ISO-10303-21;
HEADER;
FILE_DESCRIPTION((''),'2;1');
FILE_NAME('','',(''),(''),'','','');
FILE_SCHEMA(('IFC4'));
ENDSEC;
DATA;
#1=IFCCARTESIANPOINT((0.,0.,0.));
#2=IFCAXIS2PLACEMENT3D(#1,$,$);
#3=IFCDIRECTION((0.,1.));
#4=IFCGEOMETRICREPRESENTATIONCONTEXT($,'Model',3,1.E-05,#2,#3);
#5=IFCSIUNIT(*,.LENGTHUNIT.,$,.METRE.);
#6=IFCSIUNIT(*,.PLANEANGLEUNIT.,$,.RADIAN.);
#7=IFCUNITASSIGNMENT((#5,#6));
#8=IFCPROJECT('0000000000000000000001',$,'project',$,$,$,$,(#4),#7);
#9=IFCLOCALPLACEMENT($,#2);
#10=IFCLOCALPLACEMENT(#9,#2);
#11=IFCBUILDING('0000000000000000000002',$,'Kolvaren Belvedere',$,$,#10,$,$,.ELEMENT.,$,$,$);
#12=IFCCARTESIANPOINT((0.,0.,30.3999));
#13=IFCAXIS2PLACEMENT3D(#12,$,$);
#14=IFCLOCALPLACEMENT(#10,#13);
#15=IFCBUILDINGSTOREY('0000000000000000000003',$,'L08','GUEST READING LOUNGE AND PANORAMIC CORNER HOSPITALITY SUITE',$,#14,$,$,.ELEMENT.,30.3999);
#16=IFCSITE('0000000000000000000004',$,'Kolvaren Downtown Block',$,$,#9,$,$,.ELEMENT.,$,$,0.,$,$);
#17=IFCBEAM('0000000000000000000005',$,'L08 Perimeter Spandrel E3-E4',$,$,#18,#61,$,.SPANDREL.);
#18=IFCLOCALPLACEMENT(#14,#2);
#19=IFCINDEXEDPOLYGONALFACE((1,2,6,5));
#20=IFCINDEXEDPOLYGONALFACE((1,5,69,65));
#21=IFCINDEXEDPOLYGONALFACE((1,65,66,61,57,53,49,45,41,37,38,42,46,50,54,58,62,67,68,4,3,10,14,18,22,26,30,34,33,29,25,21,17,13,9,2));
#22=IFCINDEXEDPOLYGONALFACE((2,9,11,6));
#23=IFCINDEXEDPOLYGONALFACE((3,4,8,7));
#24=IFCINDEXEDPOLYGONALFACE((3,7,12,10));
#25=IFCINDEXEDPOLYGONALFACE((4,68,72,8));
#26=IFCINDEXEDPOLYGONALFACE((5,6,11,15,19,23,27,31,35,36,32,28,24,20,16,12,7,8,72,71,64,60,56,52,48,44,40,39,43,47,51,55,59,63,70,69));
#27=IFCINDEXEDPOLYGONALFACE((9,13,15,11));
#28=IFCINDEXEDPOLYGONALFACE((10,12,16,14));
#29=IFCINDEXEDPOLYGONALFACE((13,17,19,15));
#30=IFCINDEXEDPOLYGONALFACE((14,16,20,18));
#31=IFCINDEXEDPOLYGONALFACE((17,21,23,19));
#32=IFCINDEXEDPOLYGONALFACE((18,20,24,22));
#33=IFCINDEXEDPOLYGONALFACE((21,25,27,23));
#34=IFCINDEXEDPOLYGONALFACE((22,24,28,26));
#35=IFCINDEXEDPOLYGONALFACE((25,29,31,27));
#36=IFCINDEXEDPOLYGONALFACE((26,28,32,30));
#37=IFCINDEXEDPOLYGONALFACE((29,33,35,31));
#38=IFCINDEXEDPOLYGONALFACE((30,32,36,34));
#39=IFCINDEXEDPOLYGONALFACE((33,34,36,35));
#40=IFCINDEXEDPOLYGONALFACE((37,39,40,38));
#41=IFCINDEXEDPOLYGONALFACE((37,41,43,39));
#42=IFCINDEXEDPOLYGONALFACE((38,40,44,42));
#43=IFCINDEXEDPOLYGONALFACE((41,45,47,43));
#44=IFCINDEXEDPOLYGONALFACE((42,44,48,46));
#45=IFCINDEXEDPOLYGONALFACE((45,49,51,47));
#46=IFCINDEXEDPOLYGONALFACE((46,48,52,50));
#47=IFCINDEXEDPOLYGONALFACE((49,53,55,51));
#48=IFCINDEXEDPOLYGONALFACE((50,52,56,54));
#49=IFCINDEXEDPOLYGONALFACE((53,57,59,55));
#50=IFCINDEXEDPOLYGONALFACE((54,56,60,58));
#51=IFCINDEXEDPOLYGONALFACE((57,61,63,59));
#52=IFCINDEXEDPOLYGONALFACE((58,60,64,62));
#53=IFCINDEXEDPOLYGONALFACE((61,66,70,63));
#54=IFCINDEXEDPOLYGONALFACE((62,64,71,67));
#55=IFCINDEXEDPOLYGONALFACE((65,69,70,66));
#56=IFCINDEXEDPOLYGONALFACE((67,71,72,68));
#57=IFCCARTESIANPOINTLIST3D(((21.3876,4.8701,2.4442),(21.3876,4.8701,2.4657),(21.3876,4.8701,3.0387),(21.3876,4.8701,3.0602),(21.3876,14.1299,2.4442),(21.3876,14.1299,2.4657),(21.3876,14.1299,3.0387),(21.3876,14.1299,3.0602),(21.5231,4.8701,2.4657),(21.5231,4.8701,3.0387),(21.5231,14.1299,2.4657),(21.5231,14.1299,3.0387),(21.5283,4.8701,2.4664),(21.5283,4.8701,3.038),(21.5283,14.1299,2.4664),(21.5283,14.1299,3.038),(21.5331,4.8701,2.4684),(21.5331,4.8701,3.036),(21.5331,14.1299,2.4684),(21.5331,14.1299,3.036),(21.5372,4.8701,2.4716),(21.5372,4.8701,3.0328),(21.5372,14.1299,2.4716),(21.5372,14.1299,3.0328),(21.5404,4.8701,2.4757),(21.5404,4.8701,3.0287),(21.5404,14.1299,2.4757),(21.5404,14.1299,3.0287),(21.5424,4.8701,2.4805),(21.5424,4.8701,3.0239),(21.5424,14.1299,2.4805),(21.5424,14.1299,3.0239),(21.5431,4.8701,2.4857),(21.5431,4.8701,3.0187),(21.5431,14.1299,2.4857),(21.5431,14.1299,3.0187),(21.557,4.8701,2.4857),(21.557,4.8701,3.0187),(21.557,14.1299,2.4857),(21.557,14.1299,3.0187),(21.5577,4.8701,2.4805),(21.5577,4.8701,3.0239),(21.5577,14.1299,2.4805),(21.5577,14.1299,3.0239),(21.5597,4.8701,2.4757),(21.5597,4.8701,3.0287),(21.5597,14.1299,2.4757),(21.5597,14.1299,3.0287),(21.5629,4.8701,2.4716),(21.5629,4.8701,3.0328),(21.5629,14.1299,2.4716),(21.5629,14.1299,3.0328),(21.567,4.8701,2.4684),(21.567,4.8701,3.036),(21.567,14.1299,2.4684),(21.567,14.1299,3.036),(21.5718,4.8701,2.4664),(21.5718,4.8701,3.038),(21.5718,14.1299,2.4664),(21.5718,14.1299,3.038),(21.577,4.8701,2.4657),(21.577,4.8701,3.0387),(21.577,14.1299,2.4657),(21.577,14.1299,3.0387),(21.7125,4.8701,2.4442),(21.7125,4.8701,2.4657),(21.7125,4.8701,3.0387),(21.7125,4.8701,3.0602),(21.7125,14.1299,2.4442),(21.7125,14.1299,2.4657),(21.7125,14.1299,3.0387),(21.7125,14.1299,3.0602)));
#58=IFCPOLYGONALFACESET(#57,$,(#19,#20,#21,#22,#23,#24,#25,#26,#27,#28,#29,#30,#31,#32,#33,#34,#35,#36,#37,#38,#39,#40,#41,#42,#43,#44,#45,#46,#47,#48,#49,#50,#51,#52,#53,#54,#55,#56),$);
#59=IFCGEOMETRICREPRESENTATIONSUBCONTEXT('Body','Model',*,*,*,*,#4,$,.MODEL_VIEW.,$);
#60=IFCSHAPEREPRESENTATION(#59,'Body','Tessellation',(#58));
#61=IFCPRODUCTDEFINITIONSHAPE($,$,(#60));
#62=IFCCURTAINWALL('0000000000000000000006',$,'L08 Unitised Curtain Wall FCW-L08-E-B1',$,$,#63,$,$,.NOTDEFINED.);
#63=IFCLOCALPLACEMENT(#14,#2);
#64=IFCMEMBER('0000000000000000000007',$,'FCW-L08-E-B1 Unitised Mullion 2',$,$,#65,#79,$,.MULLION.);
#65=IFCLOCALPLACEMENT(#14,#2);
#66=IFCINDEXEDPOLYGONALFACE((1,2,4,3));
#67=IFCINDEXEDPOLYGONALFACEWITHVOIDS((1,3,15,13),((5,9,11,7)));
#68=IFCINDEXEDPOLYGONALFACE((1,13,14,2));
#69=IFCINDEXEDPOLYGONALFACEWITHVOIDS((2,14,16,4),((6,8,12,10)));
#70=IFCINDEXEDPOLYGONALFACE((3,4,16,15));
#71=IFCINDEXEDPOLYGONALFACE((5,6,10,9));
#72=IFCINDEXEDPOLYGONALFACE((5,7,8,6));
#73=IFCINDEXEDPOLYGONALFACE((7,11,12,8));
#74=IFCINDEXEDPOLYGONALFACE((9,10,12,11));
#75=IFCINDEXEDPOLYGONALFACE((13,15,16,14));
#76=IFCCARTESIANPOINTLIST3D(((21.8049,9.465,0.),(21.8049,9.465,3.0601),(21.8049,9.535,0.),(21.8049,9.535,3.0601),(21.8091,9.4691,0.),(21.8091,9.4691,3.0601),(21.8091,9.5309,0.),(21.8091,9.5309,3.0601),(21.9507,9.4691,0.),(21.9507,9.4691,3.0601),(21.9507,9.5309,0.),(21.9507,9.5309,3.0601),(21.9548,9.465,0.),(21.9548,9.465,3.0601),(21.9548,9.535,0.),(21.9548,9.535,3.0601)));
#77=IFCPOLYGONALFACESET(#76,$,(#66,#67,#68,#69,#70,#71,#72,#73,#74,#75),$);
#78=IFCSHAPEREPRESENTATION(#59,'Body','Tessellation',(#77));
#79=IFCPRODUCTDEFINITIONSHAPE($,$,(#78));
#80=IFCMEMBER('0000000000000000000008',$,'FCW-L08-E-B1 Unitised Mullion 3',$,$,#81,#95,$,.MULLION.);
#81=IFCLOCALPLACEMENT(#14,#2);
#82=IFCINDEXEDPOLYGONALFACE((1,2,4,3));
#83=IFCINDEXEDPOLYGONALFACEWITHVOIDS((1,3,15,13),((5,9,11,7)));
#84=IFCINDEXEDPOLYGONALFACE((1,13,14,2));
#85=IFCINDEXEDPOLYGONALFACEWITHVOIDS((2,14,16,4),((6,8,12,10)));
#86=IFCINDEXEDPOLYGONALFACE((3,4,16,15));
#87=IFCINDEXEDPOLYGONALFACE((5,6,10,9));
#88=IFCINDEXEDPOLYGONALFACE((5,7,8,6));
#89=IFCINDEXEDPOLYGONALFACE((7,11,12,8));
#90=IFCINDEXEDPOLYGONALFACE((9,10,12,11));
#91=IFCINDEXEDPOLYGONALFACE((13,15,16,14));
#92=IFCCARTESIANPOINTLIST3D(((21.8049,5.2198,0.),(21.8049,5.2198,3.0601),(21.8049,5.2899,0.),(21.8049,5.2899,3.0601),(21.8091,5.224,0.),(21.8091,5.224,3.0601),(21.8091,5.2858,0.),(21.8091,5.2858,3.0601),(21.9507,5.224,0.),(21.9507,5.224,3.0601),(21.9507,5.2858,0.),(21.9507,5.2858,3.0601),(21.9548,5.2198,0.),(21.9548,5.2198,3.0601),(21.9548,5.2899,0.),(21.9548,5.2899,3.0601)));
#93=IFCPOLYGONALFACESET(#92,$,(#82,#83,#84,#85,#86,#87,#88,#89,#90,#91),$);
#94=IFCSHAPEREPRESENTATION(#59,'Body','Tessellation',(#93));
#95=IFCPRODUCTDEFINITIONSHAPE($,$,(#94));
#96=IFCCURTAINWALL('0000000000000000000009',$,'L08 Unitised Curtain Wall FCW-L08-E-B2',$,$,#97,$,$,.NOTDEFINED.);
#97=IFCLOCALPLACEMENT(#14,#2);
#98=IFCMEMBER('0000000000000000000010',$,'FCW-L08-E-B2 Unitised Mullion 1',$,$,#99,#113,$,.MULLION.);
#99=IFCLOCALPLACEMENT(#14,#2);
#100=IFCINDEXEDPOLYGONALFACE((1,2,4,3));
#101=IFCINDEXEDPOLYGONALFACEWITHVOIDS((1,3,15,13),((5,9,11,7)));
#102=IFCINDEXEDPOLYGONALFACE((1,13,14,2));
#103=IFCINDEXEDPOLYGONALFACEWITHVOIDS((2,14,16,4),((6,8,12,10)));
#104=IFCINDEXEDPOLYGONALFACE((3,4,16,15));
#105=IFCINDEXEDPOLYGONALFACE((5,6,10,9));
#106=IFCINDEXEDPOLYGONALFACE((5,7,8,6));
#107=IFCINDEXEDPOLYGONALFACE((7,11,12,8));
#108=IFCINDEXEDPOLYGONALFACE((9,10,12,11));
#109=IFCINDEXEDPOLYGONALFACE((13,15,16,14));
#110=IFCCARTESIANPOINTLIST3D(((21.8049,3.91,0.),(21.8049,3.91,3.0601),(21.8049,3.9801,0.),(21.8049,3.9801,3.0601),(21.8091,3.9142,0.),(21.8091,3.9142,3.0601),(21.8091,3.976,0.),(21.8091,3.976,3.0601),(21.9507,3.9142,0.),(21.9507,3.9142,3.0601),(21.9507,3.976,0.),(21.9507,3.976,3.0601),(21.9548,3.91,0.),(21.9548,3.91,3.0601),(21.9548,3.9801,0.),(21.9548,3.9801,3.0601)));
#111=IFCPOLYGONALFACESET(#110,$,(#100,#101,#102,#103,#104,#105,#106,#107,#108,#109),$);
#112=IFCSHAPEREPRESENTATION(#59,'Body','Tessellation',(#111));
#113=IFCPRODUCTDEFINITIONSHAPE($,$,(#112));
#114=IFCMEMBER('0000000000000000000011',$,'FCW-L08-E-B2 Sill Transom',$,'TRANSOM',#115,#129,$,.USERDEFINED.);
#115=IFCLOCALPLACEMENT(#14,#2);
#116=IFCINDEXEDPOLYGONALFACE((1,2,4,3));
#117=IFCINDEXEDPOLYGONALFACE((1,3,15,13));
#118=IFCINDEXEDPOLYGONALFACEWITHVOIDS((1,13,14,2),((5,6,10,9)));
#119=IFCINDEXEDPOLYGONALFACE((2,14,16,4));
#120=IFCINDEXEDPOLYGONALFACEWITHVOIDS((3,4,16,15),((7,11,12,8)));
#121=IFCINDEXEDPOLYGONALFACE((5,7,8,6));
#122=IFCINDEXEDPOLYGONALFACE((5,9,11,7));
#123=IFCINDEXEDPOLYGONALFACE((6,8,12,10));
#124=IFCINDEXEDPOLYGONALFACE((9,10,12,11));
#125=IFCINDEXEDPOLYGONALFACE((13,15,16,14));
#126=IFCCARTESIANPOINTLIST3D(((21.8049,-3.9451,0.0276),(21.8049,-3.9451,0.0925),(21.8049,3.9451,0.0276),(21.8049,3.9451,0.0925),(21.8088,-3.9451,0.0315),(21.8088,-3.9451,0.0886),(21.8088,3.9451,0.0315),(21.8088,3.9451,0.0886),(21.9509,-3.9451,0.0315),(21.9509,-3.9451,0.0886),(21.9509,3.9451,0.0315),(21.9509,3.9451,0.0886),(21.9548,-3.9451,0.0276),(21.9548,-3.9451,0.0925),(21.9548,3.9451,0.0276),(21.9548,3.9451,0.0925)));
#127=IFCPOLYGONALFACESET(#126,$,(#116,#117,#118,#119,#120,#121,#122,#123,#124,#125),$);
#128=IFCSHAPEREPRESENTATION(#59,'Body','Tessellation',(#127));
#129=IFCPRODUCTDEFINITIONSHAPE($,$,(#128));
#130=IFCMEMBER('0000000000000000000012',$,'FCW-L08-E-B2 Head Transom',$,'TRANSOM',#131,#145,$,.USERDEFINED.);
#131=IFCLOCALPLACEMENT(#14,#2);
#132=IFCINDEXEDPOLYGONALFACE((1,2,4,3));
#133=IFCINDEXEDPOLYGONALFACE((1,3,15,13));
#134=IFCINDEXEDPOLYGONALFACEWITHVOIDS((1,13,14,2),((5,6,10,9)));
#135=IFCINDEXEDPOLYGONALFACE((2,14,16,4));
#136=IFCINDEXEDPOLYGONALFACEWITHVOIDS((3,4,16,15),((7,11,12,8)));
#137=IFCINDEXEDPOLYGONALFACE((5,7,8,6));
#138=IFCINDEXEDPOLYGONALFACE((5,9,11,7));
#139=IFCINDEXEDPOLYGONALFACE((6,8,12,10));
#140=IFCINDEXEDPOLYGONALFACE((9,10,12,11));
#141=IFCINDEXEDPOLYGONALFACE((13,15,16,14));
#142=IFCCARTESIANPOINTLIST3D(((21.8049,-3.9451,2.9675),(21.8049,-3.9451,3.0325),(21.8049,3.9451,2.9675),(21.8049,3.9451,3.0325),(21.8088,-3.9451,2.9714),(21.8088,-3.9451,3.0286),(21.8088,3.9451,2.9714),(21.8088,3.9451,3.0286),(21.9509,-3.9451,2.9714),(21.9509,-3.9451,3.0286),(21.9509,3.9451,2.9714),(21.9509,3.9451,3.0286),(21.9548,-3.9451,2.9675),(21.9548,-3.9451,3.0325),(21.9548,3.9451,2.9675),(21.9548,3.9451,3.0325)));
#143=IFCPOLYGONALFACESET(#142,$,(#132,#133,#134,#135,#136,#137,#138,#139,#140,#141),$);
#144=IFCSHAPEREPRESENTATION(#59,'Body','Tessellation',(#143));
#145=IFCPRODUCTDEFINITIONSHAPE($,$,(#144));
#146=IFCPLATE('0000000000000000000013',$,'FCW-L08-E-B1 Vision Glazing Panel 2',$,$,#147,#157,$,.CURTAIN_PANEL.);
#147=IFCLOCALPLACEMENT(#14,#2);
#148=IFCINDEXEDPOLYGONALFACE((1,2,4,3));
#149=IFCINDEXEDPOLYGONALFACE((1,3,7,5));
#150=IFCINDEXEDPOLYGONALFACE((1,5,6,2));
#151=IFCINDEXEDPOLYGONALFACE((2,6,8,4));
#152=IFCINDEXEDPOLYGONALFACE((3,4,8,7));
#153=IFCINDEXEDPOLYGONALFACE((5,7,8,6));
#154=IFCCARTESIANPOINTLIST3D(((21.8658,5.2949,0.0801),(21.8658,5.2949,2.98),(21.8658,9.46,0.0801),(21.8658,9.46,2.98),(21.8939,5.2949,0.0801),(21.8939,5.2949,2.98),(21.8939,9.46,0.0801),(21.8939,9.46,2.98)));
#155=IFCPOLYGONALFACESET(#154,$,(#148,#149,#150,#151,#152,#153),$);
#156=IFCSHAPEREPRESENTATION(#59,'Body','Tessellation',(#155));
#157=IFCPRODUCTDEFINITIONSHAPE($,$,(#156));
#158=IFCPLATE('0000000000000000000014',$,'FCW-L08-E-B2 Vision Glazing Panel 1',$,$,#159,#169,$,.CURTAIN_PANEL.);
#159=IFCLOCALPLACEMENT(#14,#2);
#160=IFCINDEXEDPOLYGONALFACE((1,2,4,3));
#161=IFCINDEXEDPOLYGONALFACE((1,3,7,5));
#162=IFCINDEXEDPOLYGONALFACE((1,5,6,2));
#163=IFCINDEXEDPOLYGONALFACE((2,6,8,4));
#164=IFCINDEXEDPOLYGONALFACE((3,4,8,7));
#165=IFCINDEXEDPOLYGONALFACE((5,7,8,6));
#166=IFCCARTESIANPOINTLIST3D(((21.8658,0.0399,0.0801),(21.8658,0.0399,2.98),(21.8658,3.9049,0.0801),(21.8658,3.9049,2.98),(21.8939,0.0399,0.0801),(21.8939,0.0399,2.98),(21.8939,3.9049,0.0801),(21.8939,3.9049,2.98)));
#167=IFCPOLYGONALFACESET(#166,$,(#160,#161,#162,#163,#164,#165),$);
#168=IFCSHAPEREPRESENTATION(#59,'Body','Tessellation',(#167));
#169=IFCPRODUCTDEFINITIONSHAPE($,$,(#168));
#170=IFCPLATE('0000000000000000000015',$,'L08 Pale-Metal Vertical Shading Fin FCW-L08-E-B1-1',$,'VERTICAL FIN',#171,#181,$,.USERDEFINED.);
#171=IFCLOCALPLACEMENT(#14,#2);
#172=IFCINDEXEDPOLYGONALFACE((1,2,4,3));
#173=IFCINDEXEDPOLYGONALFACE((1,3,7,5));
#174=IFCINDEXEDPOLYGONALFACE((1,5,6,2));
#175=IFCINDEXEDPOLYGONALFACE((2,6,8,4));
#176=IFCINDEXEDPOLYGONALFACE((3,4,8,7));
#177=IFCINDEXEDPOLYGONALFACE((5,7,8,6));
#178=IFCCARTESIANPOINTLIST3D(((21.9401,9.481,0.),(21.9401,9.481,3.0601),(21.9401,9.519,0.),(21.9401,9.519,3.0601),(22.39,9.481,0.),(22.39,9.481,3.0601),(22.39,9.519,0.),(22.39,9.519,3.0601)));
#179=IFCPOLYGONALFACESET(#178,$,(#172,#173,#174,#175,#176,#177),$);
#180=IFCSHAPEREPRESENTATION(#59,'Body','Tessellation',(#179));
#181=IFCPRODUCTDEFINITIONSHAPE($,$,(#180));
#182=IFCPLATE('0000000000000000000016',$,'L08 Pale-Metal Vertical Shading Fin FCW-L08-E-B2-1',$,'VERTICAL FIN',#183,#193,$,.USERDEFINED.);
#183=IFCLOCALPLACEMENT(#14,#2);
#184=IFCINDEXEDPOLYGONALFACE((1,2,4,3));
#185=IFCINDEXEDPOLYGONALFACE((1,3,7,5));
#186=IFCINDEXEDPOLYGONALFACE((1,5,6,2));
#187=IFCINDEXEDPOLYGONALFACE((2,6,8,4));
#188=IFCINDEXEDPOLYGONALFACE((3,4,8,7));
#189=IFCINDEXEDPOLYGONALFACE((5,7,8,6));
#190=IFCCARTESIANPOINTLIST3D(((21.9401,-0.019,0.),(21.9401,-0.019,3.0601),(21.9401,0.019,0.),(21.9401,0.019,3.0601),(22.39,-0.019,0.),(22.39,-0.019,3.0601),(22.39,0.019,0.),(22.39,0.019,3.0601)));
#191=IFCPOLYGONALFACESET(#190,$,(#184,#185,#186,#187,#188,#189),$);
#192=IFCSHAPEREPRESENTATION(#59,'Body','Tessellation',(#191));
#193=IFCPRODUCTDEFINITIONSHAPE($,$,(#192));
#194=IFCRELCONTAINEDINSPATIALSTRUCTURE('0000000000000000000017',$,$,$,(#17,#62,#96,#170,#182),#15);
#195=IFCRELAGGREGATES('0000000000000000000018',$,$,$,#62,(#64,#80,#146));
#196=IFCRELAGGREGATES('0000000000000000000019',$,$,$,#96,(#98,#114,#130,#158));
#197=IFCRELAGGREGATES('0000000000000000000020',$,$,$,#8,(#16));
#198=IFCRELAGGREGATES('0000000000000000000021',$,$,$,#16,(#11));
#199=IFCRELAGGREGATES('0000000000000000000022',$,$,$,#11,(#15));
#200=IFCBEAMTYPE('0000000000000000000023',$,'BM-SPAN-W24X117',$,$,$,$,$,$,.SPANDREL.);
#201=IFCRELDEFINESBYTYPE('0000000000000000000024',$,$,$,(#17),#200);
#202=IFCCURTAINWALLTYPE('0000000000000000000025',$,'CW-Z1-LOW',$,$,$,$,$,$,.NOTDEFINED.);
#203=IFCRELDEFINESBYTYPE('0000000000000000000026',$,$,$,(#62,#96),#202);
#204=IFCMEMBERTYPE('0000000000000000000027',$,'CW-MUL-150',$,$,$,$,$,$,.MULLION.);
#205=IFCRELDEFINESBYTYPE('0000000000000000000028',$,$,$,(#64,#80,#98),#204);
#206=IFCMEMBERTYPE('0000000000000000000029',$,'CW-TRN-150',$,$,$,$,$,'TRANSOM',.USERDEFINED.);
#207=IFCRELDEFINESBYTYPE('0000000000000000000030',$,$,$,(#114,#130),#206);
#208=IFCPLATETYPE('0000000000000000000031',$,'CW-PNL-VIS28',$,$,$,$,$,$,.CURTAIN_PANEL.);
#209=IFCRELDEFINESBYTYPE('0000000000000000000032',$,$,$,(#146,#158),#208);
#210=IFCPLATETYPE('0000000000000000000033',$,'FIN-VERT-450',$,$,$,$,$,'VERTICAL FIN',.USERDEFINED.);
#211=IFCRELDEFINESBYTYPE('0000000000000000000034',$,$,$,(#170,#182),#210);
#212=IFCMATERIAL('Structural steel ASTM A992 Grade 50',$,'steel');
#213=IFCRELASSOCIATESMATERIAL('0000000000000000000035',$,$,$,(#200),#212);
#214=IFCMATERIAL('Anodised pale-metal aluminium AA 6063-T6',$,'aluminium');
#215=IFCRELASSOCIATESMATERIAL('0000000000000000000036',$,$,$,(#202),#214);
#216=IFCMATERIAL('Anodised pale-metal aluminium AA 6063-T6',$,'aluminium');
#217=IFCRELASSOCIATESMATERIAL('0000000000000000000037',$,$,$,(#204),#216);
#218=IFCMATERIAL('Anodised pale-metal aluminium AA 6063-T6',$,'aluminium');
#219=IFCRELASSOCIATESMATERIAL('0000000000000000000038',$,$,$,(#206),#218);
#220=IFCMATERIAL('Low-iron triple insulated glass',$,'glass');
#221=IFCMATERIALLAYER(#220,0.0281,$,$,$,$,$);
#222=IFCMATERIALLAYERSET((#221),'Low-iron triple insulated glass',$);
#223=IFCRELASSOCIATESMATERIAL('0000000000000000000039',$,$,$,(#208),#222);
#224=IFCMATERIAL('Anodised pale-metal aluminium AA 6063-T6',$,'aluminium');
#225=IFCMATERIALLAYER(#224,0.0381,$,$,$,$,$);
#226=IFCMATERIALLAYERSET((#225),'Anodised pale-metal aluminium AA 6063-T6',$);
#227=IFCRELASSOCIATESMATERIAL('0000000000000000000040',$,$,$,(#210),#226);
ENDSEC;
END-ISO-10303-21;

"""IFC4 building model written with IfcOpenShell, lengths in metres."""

from ifc_helpers import new_model, si_unit, direction, frame, origin, origin_2d, place, context, subcontext, project, spatial, rectangle, hollow_rectangle, i_section, extrude, material, layer, layer_set, material_profile, profile_set, type_object, element, aggregate, save


model = new_model("IFC4")

# Units and contexts
model_context = context("Model", 3, precision=1e-05, world=origin(), true_north=direction((0.0, 1.0)))
body_context = subcontext(model_context, "Body", "Model", "MODEL_VIEW")
ifc_project = project(units=[si_unit("LENGTHUNIT", "METRE"), si_unit("PLANEANGLEUNIT", "RADIAN")], contexts=[model_context])

# Site, building, storey
site_placement = place(None, origin())
site = spatial("IfcSite", under=ifc_project, at=site_placement, Name="Kolvaren Downtown Block", CompositionType="ELEMENT", RefElevation=0.0)
building_placement = place(site_placement, origin())
building = spatial("IfcBuilding", under=site, at=building_placement, Name="Kolvaren Belvedere", CompositionType="ELEMENT")
storey_placement = place(building_placement, frame((0.0, 0.0, 30.3999)))
storey = spatial("IfcBuildingStorey", under=building, at=storey_placement, Name="L08", Description="GUEST READING LOUNGE AND PANORAMIC CORNER HOSPITALITY SUITE", CompositionType="ELEMENT", Elevation=30.3999)

# Beam
ifc_material_1 = material(Name="Structural steel ASTM A992 Grade 50", Category="steel")
ifc_material_profile_1 = material_profile(ifc_material_1, i_section(OverallWidth=0.325, OverallDepth=0.616, WebThickness=0.0139, FlangeThickness=0.0215, FilletRadius=0.02, at=origin_2d()), Name="W24X117")
ifc_profile_set_1 = profile_set([ifc_material_profile_1], Name="Structural steel ASTM A992 Grade 50")
beam_type_1 = type_object("IfcBeamType", Name="BM-SPAN-W24X117", PredefinedType="SPANDREL", material=ifc_profile_set_1)
beam_1_placement = place(storey_placement, frame((21.55, 4.8701, 2.7522), z_axis=(0.0, 1.0, 0.0), x_axis=(-1.0, 0.0, 0.0)))
element("IfcBeam", 1, at=beam_1_placement, inside=storey, type_object=beam_type_1, Name="L08 Perimeter Spandrel E3-E4", PredefinedType="SPANDREL", context=body_context, shape_type="SweptSolid", body=[
    extrude(i_section(OverallWidth=0.325, OverallDepth=0.616, WebThickness=0.0139, FlangeThickness=0.0215, FilletRadius=0.02, at=origin_2d()), origin(), (0.0, 0.0, 1.0), 9.2598),
])

# Curtain walls, members
ifc_material_2 = material(Name="Anodised pale-metal aluminium AA 6063-T6", Category="aluminium")
curtain_wall_type = type_object("IfcCurtainWallType", Name="CW-Z1-LOW", PredefinedType="NOTDEFINED", material=ifc_material_2)
curtain_wall_1_placement = place(storey_placement, origin())
curtain_wall_1 = element("IfcCurtainWall", 2, at=curtain_wall_1_placement, inside=storey, type_object=curtain_wall_type, Name="L08 Unitised Curtain Wall FCW-L08-E-B1", PredefinedType="NOTDEFINED")
ifc_material_3 = material(Name="Anodised pale-metal aluminium AA 6063-T6", Category="aluminium")
ifc_material_profile_2 = material_profile(ifc_material_3, hollow_rectangle(XDim=0.0701, YDim=0.1499, WallThickness=0.0042, at=origin_2d()), Name="ALU-MUL-150X70")
ifc_profile_set_2 = profile_set([ifc_material_profile_2], Name="Anodised pale-metal aluminium AA 6063-T6")
member_type_1 = type_object("IfcMemberType", Name="CW-MUL-150", PredefinedType="MULLION", material=ifc_profile_set_2)
member_1_placement = place(storey_placement, frame((21.8799, 9.5, 0.0), z_axis=(0.0, 0.0, 1.0), x_axis=(0.0, 1.0, 0.0)))
member_1 = element("IfcMember", 3, at=member_1_placement, type_object=member_type_1, Name="FCW-L08-E-B1 Unitised Mullion 2", PredefinedType="MULLION", context=body_context, shape_type="SweptSolid", body=[
    extrude(hollow_rectangle(XDim=0.0701, YDim=0.1499, WallThickness=0.0042, at=origin_2d()), origin(), (0.0, 0.0, 1.0), 3.0601),
])
member_2_placement = place(storey_placement, frame((21.8799, 5.2549, 0.0), z_axis=(0.0, 0.0, 1.0), x_axis=(0.0, 1.0, 0.0)))
member_2 = element("IfcMember", 4, at=member_2_placement, type_object=member_type_1, Name="FCW-L08-E-B1 Unitised Mullion 3", PredefinedType="MULLION", context=body_context, shape_type="SweptSolid", body=[
    extrude(hollow_rectangle(XDim=0.0701, YDim=0.1499, WallThickness=0.0042, at=origin_2d()), origin(), (0.0, 0.0, 1.0), 3.0601),
])
curtain_wall_2_placement = place(storey_placement, origin())
curtain_wall_2 = element("IfcCurtainWall", 5, at=curtain_wall_2_placement, inside=storey, type_object=curtain_wall_type, Name="L08 Unitised Curtain Wall FCW-L08-E-B2", PredefinedType="NOTDEFINED")
member_3_placement = place(storey_placement, frame((21.8799, 3.9451, 0.0), z_axis=(0.0, 0.0, 1.0), x_axis=(0.0, 1.0, 0.0)))
member_3 = element("IfcMember", 6, at=member_3_placement, type_object=member_type_1, Name="FCW-L08-E-B2 Unitised Mullion 1", PredefinedType="MULLION", context=body_context, shape_type="SweptSolid", body=[
    extrude(hollow_rectangle(XDim=0.0701, YDim=0.1499, WallThickness=0.0042, at=origin_2d()), origin(), (0.0, 0.0, 1.0), 3.0601),
])
ifc_material_4 = material(Name="Anodised pale-metal aluminium AA 6063-T6", Category="aluminium")
ifc_material_profile_3 = material_profile(ifc_material_4, hollow_rectangle(XDim=0.0649, YDim=0.1499, WallThickness=0.0039, at=origin_2d()), Name="ALU-TRN-150X65")
ifc_profile_set_3 = profile_set([ifc_material_profile_3], Name="Anodised pale-metal aluminium AA 6063-T6")
member_type_2 = type_object("IfcMemberType", Name="CW-TRN-150", ElementType="TRANSOM", PredefinedType="USERDEFINED", material=ifc_profile_set_3)
member_4_placement = place(storey_placement, frame((21.8799, 3.9451, 0.0601), z_axis=(0.0, -1.0, 0.0), x_axis=(0.0, 0.0, 1.0)))
member_4 = element("IfcMember", 7, at=member_4_placement, type_object=member_type_2, Name="FCW-L08-E-B2 Sill Transom", ObjectType="TRANSOM", PredefinedType="USERDEFINED", context=body_context, shape_type="SweptSolid", body=[
    extrude(hollow_rectangle(XDim=0.0649, YDim=0.1499, WallThickness=0.0039, at=origin_2d()), origin(), (0.0, 0.0, 1.0), 7.8901),
])
member_5_placement = place(storey_placement, frame((21.8799, 3.9451, 3.0), z_axis=(0.0, -1.0, 0.0), x_axis=(0.0, 0.0, 1.0)))
member_5 = element("IfcMember", 8, at=member_5_placement, type_object=member_type_2, Name="FCW-L08-E-B2 Head Transom", ObjectType="TRANSOM", PredefinedType="USERDEFINED", context=body_context, shape_type="SweptSolid", body=[
    extrude(hollow_rectangle(XDim=0.0649, YDim=0.1499, WallThickness=0.0039, at=origin_2d()), origin(), (0.0, 0.0, 1.0), 7.8901),
])

# Plates
ifc_material_5 = material(Name="Low-iron triple insulated glass", Category="glass")
ifc_layer_1 = layer(ifc_material_5, 0.0281)
ifc_layer_set_1 = layer_set([ifc_layer_1], Name="Low-iron triple insulated glass")
plate_type_1 = type_object("IfcPlateType", Name="CW-PNL-VIS28", PredefinedType="CURTAIN_PANEL", material=ifc_layer_set_1)
plate_1_placement = place(storey_placement, frame((21.8799, 7.3774, 0.0801), z_axis=(0.0, 0.0, 1.0), x_axis=(0.0, -1.0, 0.0)))
plate_1 = element("IfcPlate", 9, at=plate_1_placement, type_object=plate_type_1, Name="FCW-L08-E-B1 Vision Glazing Panel 2", PredefinedType="CURTAIN_PANEL", context=body_context, shape_type="SweptSolid", body=[
    extrude(rectangle(XDim=4.165, YDim=0.0281, at=origin_2d()), origin(), (0.0, 0.0, 1.0), 2.8999),
])
aggregate(curtain_wall_1, [member_1, member_2, plate_1])
plate_2_placement = place(storey_placement, frame((21.8799, 1.9724, 0.0801), z_axis=(0.0, 0.0, 1.0), x_axis=(0.0, -1.0, 0.0)))
plate_2 = element("IfcPlate", 10, at=plate_2_placement, type_object=plate_type_1, Name="FCW-L08-E-B2 Vision Glazing Panel 1", PredefinedType="CURTAIN_PANEL", context=body_context, shape_type="SweptSolid", body=[
    extrude(rectangle(XDim=3.865, YDim=0.0281, at=origin_2d()), origin(), (0.0, 0.0, 1.0), 2.8999),
])
aggregate(curtain_wall_2, [member_3, member_4, member_5, plate_2])

# Plates
ifc_material_6 = material(Name="Anodised pale-metal aluminium AA 6063-T6", Category="aluminium")
ifc_layer_2 = layer(ifc_material_6, 0.0381)
ifc_layer_set_2 = layer_set([ifc_layer_2], Name="Anodised pale-metal aluminium AA 6063-T6")
plate_type_2 = type_object("IfcPlateType", Name="FIN-VERT-450", ElementType="VERTICAL FIN", PredefinedType="USERDEFINED", material=ifc_layer_set_2)
for number, where, z_axis, x_axis, name in (
    (11, (22.165, 9.5, 0.0), (0.0, 0.0, 1.0), (1.0, 0.0, 0.0), "L08 Pale-Metal Vertical Shading Fin FCW-L08-E-B1-1"),
    (12, (22.165, 0.0, 0.0), (0.0, 0.0, 1.0), (1.0, 0.0, 0.0), "L08 Pale-Metal Vertical Shading Fin FCW-L08-E-B2-1"),
):
    element("IfcPlate", number, at=place(storey_placement, frame(where, z_axis=z_axis, x_axis=x_axis)), inside=storey, type_object=plate_type_2, Name=name, ObjectType="VERTICAL FIN", PredefinedType="USERDEFINED", context=body_context, shape_type="SweptSolid", body=[
        extrude(rectangle(XDim=0.45, YDim=0.0381, at=origin_2d()), origin(), (0.0, 0.0, 1.0), 3.0601),
    ])

save(model, "model.ifc")
